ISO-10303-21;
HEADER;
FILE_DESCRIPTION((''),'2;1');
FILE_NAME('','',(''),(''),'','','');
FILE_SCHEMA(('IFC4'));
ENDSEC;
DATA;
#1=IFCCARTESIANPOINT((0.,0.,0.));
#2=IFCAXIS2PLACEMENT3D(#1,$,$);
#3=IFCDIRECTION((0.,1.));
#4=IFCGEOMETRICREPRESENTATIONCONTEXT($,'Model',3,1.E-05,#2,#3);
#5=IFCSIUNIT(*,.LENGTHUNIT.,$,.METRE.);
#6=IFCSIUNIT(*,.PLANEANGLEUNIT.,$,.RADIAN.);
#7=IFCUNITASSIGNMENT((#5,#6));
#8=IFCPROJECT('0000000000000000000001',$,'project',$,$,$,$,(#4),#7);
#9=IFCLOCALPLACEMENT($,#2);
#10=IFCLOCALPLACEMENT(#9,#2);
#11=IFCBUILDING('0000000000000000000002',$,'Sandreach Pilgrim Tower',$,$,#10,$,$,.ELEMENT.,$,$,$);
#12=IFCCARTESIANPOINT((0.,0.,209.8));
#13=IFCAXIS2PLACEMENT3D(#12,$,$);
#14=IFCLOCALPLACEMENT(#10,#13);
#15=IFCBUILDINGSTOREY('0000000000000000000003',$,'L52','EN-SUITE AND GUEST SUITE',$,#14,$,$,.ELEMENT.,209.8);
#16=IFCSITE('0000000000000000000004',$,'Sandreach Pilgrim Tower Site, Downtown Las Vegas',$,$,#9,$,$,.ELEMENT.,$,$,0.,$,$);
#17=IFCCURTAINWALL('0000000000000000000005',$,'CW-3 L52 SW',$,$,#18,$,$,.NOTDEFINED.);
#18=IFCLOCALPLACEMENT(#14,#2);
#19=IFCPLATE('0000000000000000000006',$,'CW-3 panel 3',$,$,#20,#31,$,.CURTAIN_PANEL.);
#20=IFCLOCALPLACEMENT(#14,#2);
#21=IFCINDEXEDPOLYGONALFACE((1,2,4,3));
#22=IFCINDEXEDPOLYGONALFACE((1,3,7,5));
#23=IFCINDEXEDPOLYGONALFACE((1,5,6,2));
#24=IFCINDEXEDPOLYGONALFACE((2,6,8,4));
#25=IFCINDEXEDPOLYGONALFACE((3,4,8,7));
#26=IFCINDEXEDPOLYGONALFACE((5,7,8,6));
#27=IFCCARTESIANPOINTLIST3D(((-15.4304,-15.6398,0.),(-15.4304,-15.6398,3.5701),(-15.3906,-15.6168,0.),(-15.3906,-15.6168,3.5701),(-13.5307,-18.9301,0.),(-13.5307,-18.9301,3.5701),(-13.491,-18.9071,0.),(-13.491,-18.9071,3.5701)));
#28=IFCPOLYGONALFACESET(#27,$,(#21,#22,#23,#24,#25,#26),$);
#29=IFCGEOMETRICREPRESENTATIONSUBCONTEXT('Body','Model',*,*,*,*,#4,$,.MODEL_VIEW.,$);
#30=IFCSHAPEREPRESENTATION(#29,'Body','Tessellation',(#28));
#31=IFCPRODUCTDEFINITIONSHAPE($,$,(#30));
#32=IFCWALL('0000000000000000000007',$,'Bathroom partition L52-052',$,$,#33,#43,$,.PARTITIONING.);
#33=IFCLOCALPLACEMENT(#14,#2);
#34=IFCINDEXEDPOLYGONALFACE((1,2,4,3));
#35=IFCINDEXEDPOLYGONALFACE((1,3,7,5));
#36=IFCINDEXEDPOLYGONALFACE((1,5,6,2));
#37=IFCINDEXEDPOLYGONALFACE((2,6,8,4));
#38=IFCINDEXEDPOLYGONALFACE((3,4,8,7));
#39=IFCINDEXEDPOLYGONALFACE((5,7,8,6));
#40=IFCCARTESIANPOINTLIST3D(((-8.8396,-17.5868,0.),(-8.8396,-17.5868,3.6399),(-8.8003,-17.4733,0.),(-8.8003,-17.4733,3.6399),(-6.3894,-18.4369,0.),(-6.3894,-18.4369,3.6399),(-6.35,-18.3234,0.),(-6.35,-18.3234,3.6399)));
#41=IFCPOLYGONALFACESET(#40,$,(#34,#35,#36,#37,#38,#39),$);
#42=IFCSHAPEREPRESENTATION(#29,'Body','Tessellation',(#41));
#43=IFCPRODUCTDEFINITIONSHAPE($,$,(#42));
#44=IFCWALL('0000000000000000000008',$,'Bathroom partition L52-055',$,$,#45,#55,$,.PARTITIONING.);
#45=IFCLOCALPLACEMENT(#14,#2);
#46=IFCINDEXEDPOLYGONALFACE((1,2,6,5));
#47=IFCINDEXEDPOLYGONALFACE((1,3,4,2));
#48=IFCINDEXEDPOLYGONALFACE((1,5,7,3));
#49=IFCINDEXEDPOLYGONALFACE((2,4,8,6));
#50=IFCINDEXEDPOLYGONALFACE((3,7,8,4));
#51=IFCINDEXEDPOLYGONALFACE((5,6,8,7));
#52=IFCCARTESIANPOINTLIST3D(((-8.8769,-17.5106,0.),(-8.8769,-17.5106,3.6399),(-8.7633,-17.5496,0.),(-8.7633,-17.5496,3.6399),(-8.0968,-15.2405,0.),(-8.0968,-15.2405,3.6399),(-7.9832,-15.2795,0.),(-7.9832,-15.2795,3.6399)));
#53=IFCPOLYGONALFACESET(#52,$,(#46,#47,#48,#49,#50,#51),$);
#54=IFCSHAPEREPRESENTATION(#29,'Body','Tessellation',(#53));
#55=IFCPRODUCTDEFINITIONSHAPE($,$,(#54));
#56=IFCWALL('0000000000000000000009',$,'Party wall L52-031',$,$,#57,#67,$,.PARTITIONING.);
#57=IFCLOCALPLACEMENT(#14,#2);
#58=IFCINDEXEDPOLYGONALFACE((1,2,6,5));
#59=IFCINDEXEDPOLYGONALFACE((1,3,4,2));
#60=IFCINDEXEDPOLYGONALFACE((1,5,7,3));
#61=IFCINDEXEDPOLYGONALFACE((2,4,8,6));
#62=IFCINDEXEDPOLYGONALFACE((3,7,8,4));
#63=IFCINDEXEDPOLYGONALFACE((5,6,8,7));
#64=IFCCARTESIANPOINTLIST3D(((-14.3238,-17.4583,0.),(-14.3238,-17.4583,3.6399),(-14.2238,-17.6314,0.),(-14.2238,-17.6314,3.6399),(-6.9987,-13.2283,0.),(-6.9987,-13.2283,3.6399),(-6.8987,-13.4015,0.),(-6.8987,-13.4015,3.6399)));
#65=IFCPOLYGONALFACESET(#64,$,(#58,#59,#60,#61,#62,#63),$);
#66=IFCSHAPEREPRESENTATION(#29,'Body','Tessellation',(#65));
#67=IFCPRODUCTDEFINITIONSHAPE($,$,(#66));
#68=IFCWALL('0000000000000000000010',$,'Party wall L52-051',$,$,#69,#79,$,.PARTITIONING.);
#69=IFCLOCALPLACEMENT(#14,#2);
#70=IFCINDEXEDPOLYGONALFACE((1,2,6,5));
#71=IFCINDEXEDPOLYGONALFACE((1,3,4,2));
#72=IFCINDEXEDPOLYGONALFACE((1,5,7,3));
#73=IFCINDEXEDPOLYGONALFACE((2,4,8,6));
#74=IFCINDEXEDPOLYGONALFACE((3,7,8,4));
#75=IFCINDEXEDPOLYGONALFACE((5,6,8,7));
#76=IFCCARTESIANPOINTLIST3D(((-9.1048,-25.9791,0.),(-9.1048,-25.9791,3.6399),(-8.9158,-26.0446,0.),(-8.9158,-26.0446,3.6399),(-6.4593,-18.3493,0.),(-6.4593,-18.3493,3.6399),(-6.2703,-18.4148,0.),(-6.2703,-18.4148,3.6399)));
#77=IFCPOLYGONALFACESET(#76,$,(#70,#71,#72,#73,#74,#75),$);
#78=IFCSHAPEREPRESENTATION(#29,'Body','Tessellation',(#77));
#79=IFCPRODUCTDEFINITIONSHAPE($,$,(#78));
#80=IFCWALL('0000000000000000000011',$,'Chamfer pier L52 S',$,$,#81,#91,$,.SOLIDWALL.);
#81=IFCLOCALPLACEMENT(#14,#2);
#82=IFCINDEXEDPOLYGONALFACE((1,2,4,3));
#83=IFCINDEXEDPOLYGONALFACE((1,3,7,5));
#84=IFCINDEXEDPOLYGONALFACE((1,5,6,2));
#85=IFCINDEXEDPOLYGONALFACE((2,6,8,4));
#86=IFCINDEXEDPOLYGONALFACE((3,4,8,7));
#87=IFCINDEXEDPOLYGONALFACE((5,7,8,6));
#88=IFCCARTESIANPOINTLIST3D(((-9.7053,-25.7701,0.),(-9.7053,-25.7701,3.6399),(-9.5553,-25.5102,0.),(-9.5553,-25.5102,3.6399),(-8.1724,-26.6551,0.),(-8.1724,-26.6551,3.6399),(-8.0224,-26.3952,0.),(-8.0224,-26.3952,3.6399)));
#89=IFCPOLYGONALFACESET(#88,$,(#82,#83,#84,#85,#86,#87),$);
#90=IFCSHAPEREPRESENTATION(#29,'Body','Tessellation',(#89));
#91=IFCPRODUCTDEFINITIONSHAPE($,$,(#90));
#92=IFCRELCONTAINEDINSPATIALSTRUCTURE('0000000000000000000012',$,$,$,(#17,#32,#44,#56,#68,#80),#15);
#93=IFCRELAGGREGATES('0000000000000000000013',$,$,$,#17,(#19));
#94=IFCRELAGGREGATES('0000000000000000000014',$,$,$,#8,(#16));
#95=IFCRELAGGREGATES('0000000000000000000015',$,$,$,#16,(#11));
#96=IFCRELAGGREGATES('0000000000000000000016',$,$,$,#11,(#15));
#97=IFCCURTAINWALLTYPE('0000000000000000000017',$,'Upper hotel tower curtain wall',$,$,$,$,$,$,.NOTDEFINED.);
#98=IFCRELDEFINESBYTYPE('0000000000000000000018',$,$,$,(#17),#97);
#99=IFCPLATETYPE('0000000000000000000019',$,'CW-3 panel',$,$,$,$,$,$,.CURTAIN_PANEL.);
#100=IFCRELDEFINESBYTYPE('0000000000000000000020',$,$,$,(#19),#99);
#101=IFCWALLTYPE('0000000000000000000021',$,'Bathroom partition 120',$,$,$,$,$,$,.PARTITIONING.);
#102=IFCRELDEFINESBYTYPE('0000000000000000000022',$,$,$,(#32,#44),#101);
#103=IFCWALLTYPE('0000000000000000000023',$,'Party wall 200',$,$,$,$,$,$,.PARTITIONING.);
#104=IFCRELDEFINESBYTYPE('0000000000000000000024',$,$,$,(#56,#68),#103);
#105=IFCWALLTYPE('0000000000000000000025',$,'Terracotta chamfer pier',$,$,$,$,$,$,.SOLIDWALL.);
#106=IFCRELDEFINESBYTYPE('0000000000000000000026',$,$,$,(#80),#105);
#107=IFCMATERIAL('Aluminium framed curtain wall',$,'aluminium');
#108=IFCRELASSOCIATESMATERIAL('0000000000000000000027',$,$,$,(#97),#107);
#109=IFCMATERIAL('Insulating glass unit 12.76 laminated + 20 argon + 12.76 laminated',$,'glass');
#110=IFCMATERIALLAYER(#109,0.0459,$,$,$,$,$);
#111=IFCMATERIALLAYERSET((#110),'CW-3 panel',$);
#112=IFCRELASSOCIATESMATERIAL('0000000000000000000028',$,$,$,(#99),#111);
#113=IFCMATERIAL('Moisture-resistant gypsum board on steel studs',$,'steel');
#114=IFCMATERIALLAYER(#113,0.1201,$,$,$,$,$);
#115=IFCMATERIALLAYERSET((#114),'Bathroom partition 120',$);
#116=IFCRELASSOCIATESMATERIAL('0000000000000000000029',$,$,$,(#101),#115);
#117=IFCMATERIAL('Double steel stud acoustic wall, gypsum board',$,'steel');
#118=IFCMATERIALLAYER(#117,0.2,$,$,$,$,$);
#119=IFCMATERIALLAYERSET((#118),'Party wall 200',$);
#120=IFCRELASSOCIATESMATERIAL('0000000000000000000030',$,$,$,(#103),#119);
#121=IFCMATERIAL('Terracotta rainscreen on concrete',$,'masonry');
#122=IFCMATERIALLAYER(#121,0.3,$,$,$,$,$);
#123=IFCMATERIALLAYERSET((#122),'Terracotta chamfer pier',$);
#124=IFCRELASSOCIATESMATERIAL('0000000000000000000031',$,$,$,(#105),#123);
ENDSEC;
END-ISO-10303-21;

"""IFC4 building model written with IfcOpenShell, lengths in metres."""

from ifc_helpers import new_model, si_unit, direction, frame, frame_2d, origin, origin_2d, place, context, subcontext, project, spatial, rectangle, extrude, material, layer, layer_set, type_object, element, aggregate, save


model = new_model("IFC4")

# Units and contexts
model_context = context("Model", 3, precision=1e-05, world=origin(), true_north=direction((0.0, 1.0)))
body_context = subcontext(model_context, "Body", "Model", "MODEL_VIEW")
ifc_project = project(units=[si_unit("LENGTHUNIT", "METRE"), si_unit("PLANEANGLEUNIT", "RADIAN")], contexts=[model_context])

# Site, building, storey
site_placement = place(None, origin())
site = spatial("IfcSite", under=ifc_project, at=site_placement, Name="Sandreach Pilgrim Tower Site, Downtown Las Vegas", CompositionType="ELEMENT", RefElevation=0.0)
building_placement = place(site_placement, origin())
building = spatial("IfcBuilding", under=site, at=building_placement, Name="Sandreach Pilgrim Tower", CompositionType="ELEMENT")
storey_placement = place(building_placement, frame((0.0, 0.0, 209.8)))
storey = spatial("IfcBuildingStorey", under=building, at=storey_placement, Name="L52", Description="EN-SUITE AND GUEST SUITE", CompositionType="ELEMENT", Elevation=209.8)

# Shared definitions
ifc_material_1 = material(Name="Aluminium framed curtain wall", Category="aluminium")
curtain_wall_type = type_object("IfcCurtainWallType", Name="Upper hotel tower curtain wall", PredefinedType="NOTDEFINED", material=ifc_material_1)

# Curtain wall
curtain_wall_1_placement = place(storey_placement, origin())
curtain_wall_1 = element("IfcCurtainWall", 1, at=curtain_wall_1_placement, inside=storey, type_object=curtain_wall_type, Name="CW-3 L52 SW", PredefinedType="NOTDEFINED")

# Plate
ifc_material_2 = material(Name="Insulating glass unit 12.76 laminated + 20 argon + 12.76 laminated", Category="glass")
ifc_layer_1 = layer(ifc_material_2, 0.0459)
ifc_layer_set_1 = layer_set([ifc_layer_1], Name="CW-3 panel")
plate_type = type_object("IfcPlateType", Name="CW-3 panel", PredefinedType="CURTAIN_PANEL", material=ifc_layer_set_1)
plate_1_placement = place(storey_placement, frame((-14.4607, -17.2734, 0.0), z_axis=(0.0, 0.0, 1.0), x_axis=(-0.5, 0.866025, 0.0)))
plate_1 = element("IfcPlate", 2, at=plate_1_placement, type_object=plate_type, Name="CW-3 panel 3", PredefinedType="CURTAIN_PANEL", context=body_context, shape_type="SweptSolid", body=[
    extrude(rectangle(XDim=3.7993, YDim=0.0459, at=origin_2d()), origin(), (0.0, 0.0, 1.0), 3.5701),
])
aggregate(curtain_wall_1, [plate_1])

# Walls
ifc_material_3 = material(Name="Moisture-resistant gypsum board on steel studs", Category="steel")
ifc_layer_2 = layer(ifc_material_3, 0.1201)
ifc_layer_set_2 = layer_set([ifc_layer_2], Name="Bathroom partition 120")
wall_type_1 = type_object("IfcWallType", Name="Bathroom partition 120", PredefinedType="PARTITIONING", material=ifc_layer_set_2)
wall_1_placement = place(storey_placement, frame((-8.8201, -17.53, 0.0), z_axis=(0.0, 0.0, 1.0), x_axis=(0.944753, -0.327783, 0.0)))
element("IfcWall", 3, at=wall_1_placement, inside=storey, type_object=wall_type_1, Name="Bathroom partition L52-052", PredefinedType="PARTITIONING", context=body_context, shape_type="SweptSolid", body=[
    extrude(rectangle(XDim=2.5935, YDim=0.1201, at=frame_2d((1.2969, 0.0))), origin(), (0.0, 0.0, 1.0), 3.6399),
])
wall_2_placement = place(storey_placement, frame((-8.04, -15.26, 0.0), z_axis=(0.0, 0.0, 1.0), x_axis=(-0.324972, -0.945724, 0.0)))
element("IfcWall", 4, at=wall_2_placement, inside=storey, type_object=wall_type_1, Name="Bathroom partition L52-055", PredefinedType="PARTITIONING", context=body_context, shape_type="SweptSolid", body=[
    extrude(rectangle(XDim=2.4004, YDim=0.1201, at=frame_2d((1.2002, 0.0))), origin(), (0.0, 0.0, 1.0), 3.6399),
])
ifc_material_4 = material(Name="Double steel stud acoustic wall, gypsum board", Category="steel")
ifc_layer_3 = layer(ifc_material_4, 0.2)
ifc_layer_set_3 = layer_set([ifc_layer_3], Name="Party wall 200")
wall_type_2 = type_object("IfcWallType", Name="Party wall 200", PredefinedType="PARTITIONING", material=ifc_layer_set_3)
wall_3_placement = place(storey_placement, frame((-14.2739, -17.5449, 0.0), z_axis=(0.0, 0.0, 1.0), x_axis=(0.865986, 0.500069, 0.0)))
element("IfcWall", 5, at=wall_3_placement, inside=storey, type_object=wall_type_2, Name="Party wall L52-031", PredefinedType="PARTITIONING", context=body_context, shape_type="SweptSolid", body=[
    extrude(rectangle(XDim=8.4587, YDim=0.2, at=frame_2d((4.2295, 0.0))), origin(), (0.0, 0.0, 1.0), 3.6399),
])
wall_4_placement = place(storey_placement, frame((-9.0103, -26.0117, 0.0), z_axis=(0.0, 0.0, 1.0), x_axis=(0.327596, 0.944818, 0.0)))
element("IfcWall", 6, at=wall_4_placement, inside=storey, type_object=wall_type_2, Name="Party wall L52-051", PredefinedType="PARTITIONING", context=body_context, shape_type="SweptSolid", body=[
    extrude(rectangle(XDim=8.0754, YDim=0.2, at=frame_2d((4.0376, 0.0))), origin(), (0.0, 0.0, 1.0), 3.6399),
])
ifc_material_5 = material(Name="Terracotta rainscreen on concrete", Category="masonry")
ifc_layer_4 = layer(ifc_material_5, 0.3)
ifc_layer_set_4 = layer_set([ifc_layer_4], Name="Terracotta chamfer pier")
wall_type_3 = type_object("IfcWallType", Name="Terracotta chamfer pier", PredefinedType="SOLIDWALL", material=ifc_layer_set_4)
wall_5_placement = place(storey_placement, frame((-8.0974, -26.5251, 0.0), z_axis=(0.0, 0.0, 1.0), x_axis=(-0.866036, 0.499981, 0.0)))
element("IfcWall", 7, at=wall_5_placement, inside=storey, type_object=wall_type_3, Name="Chamfer pier L52 S", PredefinedType="SOLIDWALL", context=body_context, shape_type="SweptSolid", body=[
    extrude(rectangle(XDim=1.77, YDim=0.3, at=frame_2d((0.885, 0.0))), origin(), (0.0, 0.0, 1.0), 3.6399),
])

save(model, "model.ifc")
